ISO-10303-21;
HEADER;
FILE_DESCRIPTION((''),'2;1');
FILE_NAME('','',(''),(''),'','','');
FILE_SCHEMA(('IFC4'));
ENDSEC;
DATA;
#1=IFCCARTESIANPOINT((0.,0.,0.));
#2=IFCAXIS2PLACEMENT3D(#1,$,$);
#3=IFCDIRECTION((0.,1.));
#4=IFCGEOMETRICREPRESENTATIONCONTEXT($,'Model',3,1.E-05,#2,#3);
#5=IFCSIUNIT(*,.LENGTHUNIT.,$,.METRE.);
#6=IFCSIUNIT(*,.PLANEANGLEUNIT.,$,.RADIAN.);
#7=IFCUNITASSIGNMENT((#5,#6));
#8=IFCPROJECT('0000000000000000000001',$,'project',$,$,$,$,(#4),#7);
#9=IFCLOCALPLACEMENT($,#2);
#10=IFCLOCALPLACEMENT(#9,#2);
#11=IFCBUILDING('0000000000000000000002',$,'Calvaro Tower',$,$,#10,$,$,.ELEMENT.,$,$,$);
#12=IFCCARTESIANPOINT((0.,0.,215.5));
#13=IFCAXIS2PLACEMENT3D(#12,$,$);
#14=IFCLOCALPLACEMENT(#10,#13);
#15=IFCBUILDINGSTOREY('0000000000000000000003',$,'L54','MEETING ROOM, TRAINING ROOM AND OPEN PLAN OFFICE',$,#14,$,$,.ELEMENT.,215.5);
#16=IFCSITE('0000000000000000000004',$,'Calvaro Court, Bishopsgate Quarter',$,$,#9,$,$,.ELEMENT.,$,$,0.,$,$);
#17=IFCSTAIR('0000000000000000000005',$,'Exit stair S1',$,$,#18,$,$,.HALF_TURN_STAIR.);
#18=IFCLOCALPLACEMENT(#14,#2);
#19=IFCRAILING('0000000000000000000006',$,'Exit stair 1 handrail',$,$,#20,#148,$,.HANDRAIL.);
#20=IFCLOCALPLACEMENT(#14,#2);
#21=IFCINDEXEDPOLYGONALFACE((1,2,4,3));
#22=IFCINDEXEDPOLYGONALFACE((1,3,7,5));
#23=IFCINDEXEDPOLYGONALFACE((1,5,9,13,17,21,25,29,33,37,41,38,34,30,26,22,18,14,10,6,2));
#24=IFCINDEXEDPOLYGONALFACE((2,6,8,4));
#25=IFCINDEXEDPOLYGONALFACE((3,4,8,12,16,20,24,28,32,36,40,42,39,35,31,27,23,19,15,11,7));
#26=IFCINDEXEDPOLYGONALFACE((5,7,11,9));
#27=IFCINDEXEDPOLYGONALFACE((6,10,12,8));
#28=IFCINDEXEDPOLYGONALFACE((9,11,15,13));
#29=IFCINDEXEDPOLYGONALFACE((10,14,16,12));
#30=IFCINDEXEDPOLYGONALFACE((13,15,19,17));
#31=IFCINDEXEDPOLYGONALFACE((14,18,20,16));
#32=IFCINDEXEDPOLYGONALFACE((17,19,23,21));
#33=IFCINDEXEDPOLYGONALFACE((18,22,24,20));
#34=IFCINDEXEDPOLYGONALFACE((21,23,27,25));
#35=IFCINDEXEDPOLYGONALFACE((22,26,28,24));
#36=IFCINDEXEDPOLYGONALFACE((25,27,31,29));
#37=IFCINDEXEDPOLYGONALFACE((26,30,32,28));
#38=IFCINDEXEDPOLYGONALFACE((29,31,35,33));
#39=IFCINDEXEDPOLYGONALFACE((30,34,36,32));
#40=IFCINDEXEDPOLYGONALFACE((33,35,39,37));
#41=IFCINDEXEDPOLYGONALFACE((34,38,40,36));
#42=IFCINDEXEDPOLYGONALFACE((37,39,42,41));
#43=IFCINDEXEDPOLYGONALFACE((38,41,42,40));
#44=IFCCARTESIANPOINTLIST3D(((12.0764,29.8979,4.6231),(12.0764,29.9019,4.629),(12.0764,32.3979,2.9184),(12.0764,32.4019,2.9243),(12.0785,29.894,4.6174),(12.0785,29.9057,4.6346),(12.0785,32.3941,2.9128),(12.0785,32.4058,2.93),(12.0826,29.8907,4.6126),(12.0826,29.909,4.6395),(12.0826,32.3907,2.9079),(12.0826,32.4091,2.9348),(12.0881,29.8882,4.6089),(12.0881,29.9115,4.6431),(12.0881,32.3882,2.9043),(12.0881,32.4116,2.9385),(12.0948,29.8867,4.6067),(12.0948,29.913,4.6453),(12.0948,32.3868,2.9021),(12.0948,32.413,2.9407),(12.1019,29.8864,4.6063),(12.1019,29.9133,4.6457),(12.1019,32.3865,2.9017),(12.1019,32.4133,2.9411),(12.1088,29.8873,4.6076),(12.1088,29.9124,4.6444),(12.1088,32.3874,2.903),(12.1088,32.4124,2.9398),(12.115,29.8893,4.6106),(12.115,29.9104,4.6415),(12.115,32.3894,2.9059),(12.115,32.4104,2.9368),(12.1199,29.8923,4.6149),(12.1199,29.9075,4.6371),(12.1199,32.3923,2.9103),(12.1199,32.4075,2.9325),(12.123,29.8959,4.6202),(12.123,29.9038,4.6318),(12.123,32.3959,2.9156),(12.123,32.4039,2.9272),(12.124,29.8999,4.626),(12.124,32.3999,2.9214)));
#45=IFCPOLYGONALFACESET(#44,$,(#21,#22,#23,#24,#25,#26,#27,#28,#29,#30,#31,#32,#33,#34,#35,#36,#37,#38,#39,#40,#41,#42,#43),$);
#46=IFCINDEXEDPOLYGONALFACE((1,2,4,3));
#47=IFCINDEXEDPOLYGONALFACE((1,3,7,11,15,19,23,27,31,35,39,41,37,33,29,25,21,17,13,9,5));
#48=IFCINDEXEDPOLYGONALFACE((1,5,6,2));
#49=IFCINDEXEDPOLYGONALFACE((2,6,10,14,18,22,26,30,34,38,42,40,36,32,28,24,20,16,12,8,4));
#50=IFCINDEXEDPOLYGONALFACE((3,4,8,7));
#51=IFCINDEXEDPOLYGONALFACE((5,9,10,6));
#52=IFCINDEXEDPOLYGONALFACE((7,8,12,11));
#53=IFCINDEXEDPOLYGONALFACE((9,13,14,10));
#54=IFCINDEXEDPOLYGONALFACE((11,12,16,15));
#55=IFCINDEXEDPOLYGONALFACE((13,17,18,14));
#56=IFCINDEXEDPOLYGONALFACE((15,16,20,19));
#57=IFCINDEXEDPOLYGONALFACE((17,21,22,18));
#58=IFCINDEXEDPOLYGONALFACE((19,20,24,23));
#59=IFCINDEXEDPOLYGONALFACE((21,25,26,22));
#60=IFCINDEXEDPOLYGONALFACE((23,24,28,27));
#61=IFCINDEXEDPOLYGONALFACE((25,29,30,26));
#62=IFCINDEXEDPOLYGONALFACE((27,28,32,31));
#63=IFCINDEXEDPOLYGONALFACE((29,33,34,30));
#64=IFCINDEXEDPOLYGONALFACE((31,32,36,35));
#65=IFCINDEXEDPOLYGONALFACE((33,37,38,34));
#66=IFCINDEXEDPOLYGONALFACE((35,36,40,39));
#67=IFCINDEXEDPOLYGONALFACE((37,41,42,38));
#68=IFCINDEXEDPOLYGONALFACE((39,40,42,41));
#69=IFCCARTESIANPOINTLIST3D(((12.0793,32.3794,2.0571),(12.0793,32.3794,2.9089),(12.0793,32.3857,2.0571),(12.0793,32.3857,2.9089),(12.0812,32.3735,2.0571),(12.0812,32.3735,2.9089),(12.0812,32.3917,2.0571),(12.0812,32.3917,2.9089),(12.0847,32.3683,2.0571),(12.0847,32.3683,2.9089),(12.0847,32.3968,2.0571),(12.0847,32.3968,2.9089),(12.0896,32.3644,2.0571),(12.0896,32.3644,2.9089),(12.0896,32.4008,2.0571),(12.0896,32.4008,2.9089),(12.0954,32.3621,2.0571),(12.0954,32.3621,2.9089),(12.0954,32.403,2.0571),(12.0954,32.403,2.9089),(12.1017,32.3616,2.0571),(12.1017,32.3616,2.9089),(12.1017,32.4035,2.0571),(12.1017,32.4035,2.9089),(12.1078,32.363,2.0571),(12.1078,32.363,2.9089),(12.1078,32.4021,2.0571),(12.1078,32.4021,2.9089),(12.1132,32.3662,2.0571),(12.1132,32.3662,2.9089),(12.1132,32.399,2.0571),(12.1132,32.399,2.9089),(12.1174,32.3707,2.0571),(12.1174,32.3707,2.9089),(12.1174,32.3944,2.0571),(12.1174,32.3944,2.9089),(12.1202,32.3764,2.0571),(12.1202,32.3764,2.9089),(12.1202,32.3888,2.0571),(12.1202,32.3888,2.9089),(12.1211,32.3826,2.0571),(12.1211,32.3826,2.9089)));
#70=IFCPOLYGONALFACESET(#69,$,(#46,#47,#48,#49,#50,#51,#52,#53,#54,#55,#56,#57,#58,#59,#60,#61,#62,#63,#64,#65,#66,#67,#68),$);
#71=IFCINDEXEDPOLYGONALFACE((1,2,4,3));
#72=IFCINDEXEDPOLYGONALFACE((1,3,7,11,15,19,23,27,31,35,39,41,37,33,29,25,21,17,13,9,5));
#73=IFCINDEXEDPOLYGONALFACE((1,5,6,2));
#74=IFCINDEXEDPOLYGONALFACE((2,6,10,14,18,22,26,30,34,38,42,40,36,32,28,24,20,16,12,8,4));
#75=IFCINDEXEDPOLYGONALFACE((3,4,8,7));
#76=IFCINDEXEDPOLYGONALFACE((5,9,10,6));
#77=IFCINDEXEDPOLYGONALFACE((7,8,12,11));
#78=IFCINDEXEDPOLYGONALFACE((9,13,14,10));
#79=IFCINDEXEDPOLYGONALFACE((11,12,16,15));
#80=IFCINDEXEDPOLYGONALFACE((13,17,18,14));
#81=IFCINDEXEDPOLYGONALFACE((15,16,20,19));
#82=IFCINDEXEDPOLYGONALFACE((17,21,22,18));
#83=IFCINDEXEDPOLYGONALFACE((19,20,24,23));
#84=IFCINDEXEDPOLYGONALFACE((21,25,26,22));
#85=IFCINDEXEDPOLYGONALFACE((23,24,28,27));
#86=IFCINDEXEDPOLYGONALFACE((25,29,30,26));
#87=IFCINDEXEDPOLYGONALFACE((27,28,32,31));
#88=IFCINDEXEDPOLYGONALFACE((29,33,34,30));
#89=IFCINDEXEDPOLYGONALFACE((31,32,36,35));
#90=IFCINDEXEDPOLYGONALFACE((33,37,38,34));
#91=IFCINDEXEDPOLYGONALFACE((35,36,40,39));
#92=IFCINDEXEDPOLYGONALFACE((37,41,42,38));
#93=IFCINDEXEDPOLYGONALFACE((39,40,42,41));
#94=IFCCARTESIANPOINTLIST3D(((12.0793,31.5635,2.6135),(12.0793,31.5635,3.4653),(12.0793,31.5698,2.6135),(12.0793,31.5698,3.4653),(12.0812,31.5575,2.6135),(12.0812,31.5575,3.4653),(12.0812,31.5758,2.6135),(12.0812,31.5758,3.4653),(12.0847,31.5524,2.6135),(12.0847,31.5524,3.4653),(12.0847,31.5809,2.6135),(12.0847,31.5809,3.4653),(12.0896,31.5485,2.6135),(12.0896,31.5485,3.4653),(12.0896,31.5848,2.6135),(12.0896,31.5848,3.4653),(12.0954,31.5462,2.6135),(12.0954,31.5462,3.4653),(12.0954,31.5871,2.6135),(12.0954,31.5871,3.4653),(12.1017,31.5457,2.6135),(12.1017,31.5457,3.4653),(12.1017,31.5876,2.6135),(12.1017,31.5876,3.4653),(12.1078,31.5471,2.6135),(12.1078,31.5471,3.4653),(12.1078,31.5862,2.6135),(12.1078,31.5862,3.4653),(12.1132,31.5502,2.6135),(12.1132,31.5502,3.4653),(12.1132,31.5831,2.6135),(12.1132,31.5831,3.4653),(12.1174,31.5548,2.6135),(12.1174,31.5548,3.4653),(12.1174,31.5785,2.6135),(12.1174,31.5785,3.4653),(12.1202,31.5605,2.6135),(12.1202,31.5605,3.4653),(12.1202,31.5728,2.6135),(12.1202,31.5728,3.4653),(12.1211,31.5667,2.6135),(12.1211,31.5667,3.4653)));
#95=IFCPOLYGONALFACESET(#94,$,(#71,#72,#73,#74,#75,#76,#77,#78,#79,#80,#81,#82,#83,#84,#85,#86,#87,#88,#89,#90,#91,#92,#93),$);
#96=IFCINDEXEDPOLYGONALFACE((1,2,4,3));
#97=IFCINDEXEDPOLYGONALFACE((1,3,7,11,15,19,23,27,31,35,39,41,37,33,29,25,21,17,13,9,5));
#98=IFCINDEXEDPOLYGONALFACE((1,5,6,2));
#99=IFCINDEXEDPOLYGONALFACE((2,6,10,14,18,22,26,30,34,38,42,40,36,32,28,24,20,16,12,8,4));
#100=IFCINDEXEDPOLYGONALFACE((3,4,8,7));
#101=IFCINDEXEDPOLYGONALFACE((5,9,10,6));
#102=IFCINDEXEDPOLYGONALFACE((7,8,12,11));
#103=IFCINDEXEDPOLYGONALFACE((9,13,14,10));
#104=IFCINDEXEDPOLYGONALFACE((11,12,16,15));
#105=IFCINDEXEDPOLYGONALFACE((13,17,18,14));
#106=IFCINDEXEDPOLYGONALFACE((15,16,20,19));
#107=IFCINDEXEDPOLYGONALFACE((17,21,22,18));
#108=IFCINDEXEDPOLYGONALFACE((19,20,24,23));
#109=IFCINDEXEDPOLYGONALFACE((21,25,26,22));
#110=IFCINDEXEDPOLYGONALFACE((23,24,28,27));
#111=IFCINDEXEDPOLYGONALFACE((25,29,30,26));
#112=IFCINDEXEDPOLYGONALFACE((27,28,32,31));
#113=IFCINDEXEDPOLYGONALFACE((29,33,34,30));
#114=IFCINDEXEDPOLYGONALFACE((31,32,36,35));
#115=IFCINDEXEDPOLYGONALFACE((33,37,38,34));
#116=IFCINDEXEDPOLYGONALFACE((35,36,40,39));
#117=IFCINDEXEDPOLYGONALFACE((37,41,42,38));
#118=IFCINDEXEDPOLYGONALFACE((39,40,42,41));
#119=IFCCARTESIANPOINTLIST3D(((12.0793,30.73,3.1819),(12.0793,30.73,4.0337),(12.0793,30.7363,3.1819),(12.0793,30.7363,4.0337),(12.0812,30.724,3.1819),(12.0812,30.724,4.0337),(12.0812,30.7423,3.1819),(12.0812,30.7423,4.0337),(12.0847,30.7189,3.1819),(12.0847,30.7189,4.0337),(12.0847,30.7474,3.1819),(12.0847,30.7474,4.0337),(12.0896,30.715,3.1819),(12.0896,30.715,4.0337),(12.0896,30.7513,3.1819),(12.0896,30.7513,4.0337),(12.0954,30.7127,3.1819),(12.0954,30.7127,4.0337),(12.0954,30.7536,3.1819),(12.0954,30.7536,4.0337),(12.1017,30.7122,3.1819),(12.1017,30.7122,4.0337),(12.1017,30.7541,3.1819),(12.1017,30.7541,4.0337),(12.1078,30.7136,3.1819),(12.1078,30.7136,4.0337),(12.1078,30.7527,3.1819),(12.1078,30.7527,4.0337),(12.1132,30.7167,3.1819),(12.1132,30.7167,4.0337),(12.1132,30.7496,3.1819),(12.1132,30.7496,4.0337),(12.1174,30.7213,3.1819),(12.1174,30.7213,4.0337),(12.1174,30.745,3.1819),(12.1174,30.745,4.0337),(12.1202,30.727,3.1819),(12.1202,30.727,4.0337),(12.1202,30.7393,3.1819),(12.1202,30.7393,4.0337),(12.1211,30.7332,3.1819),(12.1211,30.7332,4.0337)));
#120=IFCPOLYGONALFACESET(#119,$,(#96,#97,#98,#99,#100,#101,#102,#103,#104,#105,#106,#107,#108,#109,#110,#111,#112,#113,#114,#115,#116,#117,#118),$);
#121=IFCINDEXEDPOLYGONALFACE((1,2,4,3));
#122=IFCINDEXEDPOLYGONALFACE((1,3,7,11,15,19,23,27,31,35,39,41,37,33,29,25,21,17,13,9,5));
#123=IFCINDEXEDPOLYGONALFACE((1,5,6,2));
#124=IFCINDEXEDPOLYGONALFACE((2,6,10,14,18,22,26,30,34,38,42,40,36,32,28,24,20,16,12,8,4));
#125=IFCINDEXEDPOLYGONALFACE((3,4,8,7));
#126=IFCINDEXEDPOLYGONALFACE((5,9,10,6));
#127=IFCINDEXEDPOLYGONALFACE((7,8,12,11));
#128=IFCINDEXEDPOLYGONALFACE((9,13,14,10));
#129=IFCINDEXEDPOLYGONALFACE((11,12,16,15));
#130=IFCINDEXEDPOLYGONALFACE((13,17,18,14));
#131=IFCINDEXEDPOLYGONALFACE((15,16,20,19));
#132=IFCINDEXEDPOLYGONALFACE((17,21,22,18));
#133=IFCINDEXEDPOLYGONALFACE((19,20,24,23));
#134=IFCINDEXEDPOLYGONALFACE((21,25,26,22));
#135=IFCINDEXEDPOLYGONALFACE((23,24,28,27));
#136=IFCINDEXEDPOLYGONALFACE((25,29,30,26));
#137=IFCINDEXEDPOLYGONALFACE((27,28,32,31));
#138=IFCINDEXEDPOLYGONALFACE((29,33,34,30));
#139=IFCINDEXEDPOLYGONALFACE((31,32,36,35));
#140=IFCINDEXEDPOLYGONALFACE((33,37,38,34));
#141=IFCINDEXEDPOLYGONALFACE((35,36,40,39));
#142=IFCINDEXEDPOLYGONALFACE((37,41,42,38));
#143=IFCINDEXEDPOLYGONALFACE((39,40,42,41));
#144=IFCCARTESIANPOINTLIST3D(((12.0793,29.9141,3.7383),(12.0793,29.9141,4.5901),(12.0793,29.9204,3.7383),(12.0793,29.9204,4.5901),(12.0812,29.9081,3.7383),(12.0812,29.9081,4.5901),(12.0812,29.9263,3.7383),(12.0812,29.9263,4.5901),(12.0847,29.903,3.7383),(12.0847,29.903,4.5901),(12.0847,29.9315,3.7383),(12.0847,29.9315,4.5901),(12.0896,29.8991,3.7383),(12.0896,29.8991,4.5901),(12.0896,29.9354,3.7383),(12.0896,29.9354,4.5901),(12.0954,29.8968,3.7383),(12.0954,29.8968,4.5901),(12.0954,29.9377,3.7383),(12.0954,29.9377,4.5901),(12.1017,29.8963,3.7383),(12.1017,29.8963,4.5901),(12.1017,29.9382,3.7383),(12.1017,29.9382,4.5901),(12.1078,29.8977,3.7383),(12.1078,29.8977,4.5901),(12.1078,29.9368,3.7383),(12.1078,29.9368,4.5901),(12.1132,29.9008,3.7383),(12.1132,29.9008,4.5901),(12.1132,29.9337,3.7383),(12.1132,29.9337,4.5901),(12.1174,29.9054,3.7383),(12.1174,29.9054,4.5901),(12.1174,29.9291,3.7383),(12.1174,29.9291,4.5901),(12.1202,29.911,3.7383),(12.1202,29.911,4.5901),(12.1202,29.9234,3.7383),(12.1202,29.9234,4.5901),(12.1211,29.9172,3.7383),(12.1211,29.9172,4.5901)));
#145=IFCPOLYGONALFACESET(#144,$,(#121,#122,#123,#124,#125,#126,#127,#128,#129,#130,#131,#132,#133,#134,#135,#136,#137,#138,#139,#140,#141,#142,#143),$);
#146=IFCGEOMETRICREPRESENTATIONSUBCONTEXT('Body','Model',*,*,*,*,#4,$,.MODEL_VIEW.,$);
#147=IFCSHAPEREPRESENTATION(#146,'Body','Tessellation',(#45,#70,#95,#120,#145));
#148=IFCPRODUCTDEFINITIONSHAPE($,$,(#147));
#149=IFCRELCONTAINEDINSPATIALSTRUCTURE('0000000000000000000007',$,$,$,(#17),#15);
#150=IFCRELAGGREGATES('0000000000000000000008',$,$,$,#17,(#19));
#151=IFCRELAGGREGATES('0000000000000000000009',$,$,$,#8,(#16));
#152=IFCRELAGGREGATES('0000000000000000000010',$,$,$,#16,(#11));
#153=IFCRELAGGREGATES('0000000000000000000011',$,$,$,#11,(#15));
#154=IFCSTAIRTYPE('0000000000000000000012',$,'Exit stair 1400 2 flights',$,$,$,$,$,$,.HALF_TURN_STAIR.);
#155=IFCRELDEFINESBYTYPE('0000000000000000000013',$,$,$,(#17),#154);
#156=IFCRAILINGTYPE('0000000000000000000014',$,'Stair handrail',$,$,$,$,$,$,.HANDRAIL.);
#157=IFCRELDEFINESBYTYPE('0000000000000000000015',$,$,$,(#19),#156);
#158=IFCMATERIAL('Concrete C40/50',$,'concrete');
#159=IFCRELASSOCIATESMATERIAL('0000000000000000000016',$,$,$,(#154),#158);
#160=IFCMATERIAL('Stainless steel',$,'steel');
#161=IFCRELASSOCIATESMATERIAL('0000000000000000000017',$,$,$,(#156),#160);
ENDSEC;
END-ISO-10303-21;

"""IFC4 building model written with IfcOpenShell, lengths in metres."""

from ifc_helpers import new_model, si_unit, direction, frame, origin, origin_2d, place, context, subcontext, project, spatial, circle, extrude, material, type_object, element, aggregate, save


model = new_model("IFC4")

# Units and contexts
model_context = context("Model", 3, precision=1e-05, world=origin(), true_north=direction((0.0, 1.0)))
body_context = subcontext(model_context, "Body", "Model", "MODEL_VIEW")
ifc_project = project(units=[si_unit("LENGTHUNIT", "METRE"), si_unit("PLANEANGLEUNIT", "RADIAN")], contexts=[model_context])

# Site, building, storey
site_placement = place(None, origin())
site = spatial("IfcSite", under=ifc_project, at=site_placement, Name="Calvaro Court, Bishopsgate Quarter", CompositionType="ELEMENT", RefElevation=0.0)
building_placement = place(site_placement, origin())
building = spatial("IfcBuilding", under=site, at=building_placement, Name="Calvaro Tower", CompositionType="ELEMENT")
storey_placement = place(building_placement, frame((0.0, 0.0, 215.5)))
storey = spatial("IfcBuildingStorey", under=building, at=storey_placement, Name="L54", Description="MEETING ROOM, TRAINING ROOM AND OPEN PLAN OFFICE", CompositionType="ELEMENT", Elevation=215.5)

# Stair, railing
ifc_material_1 = material(Name="Concrete C40/50", Category="concrete")
stair_type = type_object("IfcStairType", Name="Exit stair 1400 2 flights", PredefinedType="HALF_TURN_STAIR", material=ifc_material_1)
stair_placement = place(storey_placement, origin())
stair = element("IfcStair", 1, at=stair_placement, inside=storey, type_object=stair_type, Name="Exit stair S1", PredefinedType="HALF_TURN_STAIR")
ifc_material_2 = material(Name="Stainless steel", Category="steel")
railing_type = type_object("IfcRailingType", Name="Stair handrail", PredefinedType="HANDRAIL", material=ifc_material_2)
railing_placement = place(storey_placement, frame((12.1001, 32.3999, 2.0454)))
railing = element("IfcRailing", 2, at=railing_placement, type_object=railing_type, Name="Exit stair 1 handrail", PredefinedType="HANDRAIL", context=body_context, shape_type="SweptSolid", body=[
    extrude(circle(Radius=0.0239, at=origin_2d()), frame((0.0, 0.0, 0.876), z_axis=(0.0, -0.826221, 0.563347), x_axis=(1.0, 0.0, 0.0)), (0.0, 0.0, 1.0), 3.0259),
    extrude(circle(Radius=0.021, at=origin_2d()), frame((0.0, -0.0173, 0.0117)), (0.0, 0.0, 1.0), 0.8518),
    extrude(circle(Radius=0.021, at=origin_2d()), frame((0.0, -0.8333, 0.5681)), (0.0, 0.0, 1.0), 0.8518),
    extrude(circle(Radius=0.021, at=origin_2d()), frame((0.0, -1.6667, 1.1365)), (0.0, 0.0, 1.0), 0.8518),
    extrude(circle(Radius=0.021, at=origin_2d()), frame((0.0, -2.4827, 1.6929)), (0.0, 0.0, 1.0), 0.8518),
])
aggregate(stair, [railing])

save(model, "model.ifc")
